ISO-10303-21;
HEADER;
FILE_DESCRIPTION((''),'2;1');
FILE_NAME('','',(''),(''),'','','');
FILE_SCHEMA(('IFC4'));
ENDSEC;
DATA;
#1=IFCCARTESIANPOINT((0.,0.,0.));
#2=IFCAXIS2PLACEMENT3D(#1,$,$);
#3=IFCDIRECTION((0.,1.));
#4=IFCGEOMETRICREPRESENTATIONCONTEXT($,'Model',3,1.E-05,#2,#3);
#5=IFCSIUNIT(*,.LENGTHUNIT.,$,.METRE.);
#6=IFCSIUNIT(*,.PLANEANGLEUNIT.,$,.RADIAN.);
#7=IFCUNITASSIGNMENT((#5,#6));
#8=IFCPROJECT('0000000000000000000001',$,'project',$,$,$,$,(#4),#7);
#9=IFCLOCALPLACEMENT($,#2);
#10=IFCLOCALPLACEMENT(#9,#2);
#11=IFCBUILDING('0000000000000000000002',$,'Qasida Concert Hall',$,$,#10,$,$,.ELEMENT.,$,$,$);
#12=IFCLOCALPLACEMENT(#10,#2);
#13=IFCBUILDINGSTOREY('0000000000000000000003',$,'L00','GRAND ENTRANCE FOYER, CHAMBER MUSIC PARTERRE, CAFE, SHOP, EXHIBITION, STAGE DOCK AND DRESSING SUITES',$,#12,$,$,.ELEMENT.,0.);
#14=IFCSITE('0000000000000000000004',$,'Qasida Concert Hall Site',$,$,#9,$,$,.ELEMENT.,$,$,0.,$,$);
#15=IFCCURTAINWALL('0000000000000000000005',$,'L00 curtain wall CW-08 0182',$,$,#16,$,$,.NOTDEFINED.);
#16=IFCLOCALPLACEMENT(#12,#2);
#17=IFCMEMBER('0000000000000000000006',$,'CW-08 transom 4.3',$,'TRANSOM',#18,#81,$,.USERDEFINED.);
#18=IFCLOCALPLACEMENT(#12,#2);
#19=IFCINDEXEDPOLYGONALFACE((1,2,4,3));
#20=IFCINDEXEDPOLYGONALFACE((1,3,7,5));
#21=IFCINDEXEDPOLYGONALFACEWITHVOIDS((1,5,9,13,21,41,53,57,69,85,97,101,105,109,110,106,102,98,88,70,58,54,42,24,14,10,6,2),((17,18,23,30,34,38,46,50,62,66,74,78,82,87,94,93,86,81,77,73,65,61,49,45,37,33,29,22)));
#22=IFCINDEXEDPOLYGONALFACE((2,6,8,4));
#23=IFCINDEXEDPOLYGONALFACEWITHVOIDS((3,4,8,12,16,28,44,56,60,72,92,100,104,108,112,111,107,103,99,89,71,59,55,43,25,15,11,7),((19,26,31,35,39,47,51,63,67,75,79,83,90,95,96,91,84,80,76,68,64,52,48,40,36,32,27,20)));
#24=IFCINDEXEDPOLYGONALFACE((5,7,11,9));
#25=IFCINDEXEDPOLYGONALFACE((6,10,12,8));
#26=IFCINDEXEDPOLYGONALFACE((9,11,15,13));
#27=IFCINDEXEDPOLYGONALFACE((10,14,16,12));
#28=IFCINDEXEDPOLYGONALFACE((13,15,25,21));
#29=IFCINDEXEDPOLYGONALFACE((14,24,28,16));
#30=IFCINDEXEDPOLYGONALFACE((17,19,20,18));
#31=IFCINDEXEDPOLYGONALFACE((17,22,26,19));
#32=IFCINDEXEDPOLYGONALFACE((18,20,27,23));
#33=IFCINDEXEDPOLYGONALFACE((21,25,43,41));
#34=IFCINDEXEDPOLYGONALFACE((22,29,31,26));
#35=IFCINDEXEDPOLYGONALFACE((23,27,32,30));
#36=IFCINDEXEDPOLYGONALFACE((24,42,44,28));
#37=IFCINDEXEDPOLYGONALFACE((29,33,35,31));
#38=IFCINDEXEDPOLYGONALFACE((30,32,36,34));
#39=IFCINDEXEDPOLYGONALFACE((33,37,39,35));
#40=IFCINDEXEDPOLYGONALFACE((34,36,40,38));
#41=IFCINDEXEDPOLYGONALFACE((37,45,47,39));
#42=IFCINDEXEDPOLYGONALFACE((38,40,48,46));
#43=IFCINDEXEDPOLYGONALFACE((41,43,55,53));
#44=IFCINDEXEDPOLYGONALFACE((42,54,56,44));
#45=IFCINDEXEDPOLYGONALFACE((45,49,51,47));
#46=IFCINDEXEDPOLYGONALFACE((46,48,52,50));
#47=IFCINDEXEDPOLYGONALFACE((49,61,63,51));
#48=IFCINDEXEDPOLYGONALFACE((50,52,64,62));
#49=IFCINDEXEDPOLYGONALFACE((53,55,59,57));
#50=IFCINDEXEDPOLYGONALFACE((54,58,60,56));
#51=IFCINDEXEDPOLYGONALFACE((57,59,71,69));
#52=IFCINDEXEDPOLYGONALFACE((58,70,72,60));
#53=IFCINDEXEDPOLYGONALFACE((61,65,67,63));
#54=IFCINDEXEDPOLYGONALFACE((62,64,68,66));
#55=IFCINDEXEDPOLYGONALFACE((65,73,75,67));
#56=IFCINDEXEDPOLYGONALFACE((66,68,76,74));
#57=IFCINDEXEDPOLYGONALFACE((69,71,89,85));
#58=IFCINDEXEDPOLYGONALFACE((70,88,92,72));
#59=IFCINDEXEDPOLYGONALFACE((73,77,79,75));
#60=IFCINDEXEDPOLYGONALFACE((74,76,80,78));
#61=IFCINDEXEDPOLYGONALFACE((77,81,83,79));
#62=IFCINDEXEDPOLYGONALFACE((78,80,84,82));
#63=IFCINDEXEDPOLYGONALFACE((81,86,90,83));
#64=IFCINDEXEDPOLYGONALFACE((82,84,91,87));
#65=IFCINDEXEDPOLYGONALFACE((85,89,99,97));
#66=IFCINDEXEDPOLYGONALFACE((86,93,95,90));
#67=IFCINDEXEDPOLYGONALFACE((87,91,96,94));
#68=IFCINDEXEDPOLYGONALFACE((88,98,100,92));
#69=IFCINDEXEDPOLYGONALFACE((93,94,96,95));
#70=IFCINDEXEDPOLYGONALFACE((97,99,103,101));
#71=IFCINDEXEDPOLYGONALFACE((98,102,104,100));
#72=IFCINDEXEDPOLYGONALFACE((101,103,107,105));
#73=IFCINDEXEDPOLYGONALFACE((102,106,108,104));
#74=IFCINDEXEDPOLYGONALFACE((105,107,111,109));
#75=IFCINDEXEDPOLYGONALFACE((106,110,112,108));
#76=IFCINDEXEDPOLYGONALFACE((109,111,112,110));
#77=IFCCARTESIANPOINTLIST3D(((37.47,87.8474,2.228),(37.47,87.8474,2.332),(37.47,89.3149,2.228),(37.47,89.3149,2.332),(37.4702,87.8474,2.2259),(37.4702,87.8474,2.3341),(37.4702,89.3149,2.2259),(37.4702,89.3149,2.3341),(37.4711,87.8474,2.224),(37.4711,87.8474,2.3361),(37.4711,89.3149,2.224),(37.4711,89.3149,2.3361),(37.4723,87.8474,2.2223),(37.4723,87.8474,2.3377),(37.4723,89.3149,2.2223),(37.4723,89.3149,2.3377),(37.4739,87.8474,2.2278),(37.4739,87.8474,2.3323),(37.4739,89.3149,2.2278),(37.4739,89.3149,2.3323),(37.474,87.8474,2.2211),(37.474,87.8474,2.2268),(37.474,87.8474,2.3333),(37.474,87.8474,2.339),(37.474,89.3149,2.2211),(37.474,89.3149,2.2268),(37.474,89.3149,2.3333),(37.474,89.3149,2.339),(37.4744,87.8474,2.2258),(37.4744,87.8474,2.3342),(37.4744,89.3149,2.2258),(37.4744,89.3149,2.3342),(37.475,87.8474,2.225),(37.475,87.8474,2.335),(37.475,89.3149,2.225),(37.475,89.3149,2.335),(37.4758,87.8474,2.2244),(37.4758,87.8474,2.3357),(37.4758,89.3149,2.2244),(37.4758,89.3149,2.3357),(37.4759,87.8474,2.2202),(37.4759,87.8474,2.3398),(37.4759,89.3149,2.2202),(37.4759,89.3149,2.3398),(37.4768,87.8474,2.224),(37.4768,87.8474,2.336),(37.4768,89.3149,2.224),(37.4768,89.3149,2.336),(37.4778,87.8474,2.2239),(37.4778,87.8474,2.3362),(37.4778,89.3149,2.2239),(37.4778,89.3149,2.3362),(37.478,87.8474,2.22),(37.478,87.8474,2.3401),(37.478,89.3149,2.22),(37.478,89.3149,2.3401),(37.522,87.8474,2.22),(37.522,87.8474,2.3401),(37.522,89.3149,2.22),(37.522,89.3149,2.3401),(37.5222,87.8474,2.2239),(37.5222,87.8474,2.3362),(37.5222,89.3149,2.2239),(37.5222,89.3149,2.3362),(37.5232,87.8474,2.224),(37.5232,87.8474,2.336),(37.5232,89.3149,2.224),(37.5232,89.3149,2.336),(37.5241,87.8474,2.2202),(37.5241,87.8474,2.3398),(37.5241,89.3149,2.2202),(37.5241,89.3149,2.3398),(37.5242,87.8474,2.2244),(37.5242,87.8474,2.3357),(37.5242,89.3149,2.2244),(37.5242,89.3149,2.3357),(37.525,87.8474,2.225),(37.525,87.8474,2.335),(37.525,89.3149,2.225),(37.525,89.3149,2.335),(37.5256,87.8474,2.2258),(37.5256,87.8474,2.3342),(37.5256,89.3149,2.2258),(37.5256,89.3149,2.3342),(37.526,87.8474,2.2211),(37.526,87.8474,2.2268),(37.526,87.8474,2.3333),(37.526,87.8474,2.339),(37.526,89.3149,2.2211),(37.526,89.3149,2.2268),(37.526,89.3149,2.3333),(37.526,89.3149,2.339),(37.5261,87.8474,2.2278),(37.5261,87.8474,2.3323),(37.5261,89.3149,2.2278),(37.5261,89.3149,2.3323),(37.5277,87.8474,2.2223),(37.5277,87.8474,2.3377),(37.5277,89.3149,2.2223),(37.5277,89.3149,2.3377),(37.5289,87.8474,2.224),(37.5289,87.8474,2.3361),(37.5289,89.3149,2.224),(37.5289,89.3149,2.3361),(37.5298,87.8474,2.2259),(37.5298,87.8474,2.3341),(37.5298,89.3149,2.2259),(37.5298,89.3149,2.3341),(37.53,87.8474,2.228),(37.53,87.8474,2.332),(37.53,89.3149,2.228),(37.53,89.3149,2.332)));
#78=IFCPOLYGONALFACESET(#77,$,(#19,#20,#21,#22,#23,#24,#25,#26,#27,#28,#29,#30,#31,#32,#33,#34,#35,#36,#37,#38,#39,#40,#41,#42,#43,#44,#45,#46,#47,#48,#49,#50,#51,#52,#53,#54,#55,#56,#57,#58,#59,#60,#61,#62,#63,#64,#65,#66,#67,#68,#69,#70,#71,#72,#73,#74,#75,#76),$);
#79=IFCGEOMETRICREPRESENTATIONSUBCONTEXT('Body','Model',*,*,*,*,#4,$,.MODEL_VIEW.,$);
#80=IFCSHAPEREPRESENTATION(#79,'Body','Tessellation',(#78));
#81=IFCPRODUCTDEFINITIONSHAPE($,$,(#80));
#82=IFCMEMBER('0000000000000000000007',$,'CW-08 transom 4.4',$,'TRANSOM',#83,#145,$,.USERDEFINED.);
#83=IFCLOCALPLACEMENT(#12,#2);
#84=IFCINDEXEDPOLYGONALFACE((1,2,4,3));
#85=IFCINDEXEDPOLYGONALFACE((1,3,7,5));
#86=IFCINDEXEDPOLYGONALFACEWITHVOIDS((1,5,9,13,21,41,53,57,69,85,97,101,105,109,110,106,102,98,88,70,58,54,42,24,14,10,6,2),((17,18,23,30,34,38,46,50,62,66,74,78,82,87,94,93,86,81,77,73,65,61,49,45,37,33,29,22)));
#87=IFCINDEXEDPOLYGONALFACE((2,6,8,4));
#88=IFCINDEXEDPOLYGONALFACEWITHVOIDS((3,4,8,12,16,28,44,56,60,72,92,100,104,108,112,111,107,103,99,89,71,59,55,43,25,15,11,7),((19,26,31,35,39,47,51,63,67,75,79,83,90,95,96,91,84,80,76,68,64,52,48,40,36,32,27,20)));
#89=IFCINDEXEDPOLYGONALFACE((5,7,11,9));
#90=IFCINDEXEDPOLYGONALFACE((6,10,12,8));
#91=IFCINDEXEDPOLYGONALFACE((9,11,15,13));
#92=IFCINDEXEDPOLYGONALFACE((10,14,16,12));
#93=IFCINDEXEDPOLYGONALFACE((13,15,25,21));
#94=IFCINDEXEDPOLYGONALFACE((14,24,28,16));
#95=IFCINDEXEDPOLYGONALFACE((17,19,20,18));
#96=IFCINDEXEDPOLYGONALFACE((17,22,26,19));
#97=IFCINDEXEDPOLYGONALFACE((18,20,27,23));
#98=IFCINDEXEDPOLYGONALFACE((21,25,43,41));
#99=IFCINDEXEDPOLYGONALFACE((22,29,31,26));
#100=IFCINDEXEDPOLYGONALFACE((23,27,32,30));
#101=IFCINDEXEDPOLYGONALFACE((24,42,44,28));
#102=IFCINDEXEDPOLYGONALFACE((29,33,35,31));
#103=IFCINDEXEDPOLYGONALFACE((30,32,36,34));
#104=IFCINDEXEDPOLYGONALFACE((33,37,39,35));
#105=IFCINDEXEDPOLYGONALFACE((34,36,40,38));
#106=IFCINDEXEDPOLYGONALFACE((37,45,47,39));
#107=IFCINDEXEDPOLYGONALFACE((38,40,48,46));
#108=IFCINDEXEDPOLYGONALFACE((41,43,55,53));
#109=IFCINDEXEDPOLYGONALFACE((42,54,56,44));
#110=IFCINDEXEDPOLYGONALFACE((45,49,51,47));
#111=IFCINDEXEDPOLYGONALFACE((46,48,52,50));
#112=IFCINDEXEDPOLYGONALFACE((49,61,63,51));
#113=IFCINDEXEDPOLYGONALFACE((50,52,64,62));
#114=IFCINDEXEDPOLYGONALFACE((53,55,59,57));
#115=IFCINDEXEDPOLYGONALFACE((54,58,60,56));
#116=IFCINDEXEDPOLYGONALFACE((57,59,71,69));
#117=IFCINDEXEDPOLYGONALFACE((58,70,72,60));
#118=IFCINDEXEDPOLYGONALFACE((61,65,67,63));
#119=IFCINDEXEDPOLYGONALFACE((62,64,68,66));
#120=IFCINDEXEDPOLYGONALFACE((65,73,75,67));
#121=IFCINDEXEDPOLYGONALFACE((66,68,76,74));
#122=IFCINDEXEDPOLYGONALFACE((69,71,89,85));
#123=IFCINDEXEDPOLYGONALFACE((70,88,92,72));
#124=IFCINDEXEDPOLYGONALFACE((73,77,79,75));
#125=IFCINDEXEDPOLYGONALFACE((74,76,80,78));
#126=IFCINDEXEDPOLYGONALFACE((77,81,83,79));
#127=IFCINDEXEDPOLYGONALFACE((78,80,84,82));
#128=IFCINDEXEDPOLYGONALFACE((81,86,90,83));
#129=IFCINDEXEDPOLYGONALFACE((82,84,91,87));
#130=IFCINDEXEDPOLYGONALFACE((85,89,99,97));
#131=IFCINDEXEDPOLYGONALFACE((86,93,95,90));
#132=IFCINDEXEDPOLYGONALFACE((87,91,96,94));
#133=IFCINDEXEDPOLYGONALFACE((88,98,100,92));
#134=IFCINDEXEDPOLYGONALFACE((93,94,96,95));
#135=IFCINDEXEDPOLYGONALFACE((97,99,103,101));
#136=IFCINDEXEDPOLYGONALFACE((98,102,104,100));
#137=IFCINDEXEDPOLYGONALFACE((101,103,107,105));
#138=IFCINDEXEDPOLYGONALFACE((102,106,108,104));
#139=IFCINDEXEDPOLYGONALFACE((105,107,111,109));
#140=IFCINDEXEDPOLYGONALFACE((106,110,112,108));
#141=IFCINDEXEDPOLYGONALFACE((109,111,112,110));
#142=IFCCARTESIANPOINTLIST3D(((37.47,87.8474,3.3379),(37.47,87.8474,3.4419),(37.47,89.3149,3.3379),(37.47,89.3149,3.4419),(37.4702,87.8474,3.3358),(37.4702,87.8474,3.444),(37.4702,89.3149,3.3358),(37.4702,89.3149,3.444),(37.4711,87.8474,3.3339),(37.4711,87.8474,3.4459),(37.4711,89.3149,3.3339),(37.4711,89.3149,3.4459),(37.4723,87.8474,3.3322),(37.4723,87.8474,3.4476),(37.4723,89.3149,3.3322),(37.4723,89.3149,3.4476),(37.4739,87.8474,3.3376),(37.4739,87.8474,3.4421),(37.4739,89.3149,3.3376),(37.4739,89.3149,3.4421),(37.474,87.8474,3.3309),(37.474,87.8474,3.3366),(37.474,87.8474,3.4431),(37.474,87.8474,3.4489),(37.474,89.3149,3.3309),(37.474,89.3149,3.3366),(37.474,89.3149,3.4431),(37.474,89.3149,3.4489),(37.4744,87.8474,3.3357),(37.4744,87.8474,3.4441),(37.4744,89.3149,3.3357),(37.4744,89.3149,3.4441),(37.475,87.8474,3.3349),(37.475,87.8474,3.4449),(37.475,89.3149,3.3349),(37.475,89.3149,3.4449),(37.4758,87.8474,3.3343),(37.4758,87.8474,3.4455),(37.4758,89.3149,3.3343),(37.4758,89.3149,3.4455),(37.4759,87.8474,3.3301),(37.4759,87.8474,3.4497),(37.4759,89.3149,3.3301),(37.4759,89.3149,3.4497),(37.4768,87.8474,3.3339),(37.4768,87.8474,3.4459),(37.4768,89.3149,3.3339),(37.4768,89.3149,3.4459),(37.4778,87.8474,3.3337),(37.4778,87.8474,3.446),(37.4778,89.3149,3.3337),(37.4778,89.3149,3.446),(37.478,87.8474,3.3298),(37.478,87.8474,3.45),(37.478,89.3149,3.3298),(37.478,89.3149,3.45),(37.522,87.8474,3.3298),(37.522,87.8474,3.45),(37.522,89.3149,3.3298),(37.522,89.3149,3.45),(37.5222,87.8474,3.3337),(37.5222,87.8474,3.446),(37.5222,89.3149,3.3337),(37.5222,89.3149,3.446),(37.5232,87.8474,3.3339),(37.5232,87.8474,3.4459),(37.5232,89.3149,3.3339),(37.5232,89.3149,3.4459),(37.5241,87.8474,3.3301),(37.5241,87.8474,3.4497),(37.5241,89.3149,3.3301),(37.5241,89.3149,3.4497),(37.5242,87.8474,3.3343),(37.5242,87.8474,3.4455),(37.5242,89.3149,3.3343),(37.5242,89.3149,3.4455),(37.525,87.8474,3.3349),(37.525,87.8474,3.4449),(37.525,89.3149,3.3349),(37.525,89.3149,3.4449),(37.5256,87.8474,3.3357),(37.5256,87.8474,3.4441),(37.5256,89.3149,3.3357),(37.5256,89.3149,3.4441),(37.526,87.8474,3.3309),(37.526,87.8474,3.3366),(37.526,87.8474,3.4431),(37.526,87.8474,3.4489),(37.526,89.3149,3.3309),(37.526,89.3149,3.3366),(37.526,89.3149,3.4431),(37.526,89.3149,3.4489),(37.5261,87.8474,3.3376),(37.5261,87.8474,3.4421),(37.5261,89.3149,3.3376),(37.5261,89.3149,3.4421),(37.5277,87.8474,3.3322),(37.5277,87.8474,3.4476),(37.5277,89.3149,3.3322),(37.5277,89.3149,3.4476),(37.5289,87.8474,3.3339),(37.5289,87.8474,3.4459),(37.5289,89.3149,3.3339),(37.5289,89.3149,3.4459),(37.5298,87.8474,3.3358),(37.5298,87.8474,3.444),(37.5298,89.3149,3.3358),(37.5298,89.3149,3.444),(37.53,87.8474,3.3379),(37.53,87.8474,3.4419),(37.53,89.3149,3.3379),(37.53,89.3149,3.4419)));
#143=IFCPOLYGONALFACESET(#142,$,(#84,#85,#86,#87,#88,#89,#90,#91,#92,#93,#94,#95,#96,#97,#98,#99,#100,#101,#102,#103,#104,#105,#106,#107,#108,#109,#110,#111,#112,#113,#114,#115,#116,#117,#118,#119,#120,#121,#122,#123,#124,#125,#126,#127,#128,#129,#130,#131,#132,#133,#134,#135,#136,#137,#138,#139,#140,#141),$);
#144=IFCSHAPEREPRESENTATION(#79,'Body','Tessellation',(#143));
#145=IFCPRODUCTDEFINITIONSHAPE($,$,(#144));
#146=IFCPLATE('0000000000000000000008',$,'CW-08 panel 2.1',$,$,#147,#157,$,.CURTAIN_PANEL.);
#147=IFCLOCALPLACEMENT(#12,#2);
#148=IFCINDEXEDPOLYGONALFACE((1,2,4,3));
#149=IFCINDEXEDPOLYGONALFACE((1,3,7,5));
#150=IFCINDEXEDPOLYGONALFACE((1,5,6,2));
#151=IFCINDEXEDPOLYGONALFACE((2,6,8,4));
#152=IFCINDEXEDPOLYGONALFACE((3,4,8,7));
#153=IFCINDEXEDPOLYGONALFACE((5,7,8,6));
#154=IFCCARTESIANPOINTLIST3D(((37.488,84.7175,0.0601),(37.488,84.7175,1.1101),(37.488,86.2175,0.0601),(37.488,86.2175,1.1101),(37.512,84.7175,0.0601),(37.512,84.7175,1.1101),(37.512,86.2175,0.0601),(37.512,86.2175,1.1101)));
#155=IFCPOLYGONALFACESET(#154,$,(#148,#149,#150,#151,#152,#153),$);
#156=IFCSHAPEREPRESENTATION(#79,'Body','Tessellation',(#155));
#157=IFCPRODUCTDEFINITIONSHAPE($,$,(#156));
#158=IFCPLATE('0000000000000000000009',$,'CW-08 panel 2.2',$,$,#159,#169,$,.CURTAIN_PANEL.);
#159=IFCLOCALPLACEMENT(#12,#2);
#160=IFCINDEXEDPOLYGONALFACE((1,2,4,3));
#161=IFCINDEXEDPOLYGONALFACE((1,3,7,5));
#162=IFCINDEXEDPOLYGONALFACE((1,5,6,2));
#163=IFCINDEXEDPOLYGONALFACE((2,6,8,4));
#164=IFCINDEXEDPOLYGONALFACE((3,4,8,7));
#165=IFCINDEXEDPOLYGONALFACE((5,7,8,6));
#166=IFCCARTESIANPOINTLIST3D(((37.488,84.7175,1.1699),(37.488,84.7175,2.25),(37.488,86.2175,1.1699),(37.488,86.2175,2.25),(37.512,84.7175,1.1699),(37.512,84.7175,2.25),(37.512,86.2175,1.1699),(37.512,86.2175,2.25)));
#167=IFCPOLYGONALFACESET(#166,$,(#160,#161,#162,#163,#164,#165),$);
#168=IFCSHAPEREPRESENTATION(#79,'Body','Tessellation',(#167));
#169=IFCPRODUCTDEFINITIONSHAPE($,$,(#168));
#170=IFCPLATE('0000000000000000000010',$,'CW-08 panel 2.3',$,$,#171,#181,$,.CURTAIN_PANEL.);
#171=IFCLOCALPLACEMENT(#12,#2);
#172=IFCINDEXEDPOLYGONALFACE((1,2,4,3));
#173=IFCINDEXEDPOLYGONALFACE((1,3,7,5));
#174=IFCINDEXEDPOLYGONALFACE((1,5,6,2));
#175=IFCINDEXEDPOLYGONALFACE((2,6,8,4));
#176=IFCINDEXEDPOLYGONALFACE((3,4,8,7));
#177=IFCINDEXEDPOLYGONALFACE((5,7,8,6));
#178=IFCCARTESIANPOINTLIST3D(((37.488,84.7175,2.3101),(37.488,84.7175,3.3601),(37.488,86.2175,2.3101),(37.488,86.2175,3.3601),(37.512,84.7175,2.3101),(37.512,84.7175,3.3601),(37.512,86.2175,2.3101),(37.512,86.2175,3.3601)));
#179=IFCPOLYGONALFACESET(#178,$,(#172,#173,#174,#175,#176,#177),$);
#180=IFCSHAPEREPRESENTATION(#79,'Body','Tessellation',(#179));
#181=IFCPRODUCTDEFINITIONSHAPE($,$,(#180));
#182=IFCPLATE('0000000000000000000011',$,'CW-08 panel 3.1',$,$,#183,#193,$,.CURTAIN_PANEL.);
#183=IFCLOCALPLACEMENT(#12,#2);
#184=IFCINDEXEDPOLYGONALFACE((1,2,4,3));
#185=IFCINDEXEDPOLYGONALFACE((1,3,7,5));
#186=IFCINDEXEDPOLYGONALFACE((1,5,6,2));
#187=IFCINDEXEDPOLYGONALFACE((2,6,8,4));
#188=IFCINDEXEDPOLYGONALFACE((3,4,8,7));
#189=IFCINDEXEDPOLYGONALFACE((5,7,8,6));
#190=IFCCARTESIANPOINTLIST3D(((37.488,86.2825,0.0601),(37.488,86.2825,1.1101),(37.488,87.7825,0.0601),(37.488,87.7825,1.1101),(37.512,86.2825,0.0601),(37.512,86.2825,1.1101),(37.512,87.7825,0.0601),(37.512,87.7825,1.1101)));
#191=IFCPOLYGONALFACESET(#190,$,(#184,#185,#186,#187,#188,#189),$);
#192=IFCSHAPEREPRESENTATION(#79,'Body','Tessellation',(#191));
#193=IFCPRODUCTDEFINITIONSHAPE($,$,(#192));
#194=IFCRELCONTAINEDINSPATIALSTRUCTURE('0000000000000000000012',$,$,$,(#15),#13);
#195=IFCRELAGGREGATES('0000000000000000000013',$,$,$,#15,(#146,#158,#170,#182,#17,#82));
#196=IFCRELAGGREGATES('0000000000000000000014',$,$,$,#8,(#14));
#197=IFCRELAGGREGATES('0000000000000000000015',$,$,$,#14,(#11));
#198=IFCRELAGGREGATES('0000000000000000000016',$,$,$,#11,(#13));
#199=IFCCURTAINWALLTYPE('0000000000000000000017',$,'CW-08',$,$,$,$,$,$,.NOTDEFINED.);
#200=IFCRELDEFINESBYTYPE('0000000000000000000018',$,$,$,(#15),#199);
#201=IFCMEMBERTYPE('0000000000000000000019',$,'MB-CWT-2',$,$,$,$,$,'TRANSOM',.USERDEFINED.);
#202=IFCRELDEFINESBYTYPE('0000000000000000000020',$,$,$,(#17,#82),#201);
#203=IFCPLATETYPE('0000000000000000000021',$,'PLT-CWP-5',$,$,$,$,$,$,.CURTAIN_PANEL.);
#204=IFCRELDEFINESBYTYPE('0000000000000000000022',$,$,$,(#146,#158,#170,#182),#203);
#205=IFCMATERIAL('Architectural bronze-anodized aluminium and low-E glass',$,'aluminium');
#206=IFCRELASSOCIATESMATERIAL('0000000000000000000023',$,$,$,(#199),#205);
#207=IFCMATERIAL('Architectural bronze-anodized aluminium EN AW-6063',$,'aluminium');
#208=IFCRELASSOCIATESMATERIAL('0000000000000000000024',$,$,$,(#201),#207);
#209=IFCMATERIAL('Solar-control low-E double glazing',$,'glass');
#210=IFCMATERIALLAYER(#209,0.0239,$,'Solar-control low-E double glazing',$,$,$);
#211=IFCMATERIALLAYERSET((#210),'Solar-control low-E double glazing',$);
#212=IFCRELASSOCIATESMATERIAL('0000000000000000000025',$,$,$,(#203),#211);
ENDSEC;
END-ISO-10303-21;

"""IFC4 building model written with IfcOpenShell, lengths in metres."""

from ifc_helpers import new_model, si_unit, direction, frame, origin, origin_2d, place, context, subcontext, project, spatial, rectangle, hollow_rectangle, extrude, material, layer, layer_set, material_profile, profile_set, type_object, element, aggregate, save


model = new_model("IFC4")

# Units and contexts
model_context = context("Model", 3, precision=1e-05, world=origin(), true_north=direction((0.0, 1.0)))
body_context = subcontext(model_context, "Body", "Model", "MODEL_VIEW")
ifc_project = project(units=[si_unit("LENGTHUNIT", "METRE"), si_unit("PLANEANGLEUNIT", "RADIAN")], contexts=[model_context])

# Site, building, storey
site_placement = place(None, origin())
site = spatial("IfcSite", under=ifc_project, at=site_placement, Name="Qasida Concert Hall Site", CompositionType="ELEMENT", RefElevation=0.0)
building_placement = place(site_placement, origin())
building = spatial("IfcBuilding", under=site, at=building_placement, Name="Qasida Concert Hall", CompositionType="ELEMENT")
storey_placement = place(building_placement, origin())
storey = spatial("IfcBuildingStorey", under=building, at=storey_placement, Name="L00", Description="GRAND ENTRANCE FOYER, CHAMBER MUSIC PARTERRE, CAFE, SHOP, EXHIBITION, STAGE DOCK AND DRESSING SUITES", CompositionType="ELEMENT", Elevation=0.0)

# Curtain wall, members, plates
ifc_material_1 = material(Name="Architectural bronze-anodized aluminium and low-E glass", Category="aluminium")
curtain_wall_type = type_object("IfcCurtainWallType", Name="CW-08", PredefinedType="NOTDEFINED", material=ifc_material_1)
curtain_wall_1_placement = place(storey_placement, origin())
curtain_wall_1 = element("IfcCurtainWall", 1, at=curtain_wall_1_placement, inside=storey, type_object=curtain_wall_type, Name="L00 curtain wall CW-08 0182", PredefinedType="NOTDEFINED")
ifc_material_2 = material(Name="Architectural bronze-anodized aluminium EN AW-6063", Category="aluminium")
ifc_material_profile_1 = material_profile(ifc_material_2, hollow_rectangle(XDim=0.0601, YDim=0.1201, WallThickness=0.0039, InnerFilletRadius=0.0039, OuterFilletRadius=0.0081, at=origin_2d()), Name="CWT 120x60x4")
ifc_profile_set_1 = profile_set([ifc_material_profile_1], Name="Architectural bronze-anodized aluminium EN AW-6063")
member_type_1 = type_object("IfcMemberType", Name="MB-CWT-2", ElementType="TRANSOM", PredefinedType="USERDEFINED", material=ifc_profile_set_1)
member_1_placement = place(storey_placement, frame((37.5, 87.8474, 2.28), z_axis=(0.0, 1.0, 0.0), x_axis=(-1.0, 0.0, 0.0)))
member_1 = element("IfcMember", 2, at=member_1_placement, type_object=member_type_1, Name="CW-08 transom 4.3", ObjectType="TRANSOM", PredefinedType="USERDEFINED", context=body_context, shape_type="SweptSolid", body=[
    extrude(hollow_rectangle(XDim=0.0601, YDim=0.1201, WallThickness=0.0039, InnerFilletRadius=0.0039, OuterFilletRadius=0.0081, at=origin_2d()), origin(), (0.0, 0.0, 1.0), 1.4675),
])
member_2_placement = place(storey_placement, frame((37.5, 87.8474, 3.3899), z_axis=(0.0, 1.0, 0.0), x_axis=(-1.0, 0.0, 0.0)))
member_2 = element("IfcMember", 3, at=member_2_placement, type_object=member_type_1, Name="CW-08 transom 4.4", ObjectType="TRANSOM", PredefinedType="USERDEFINED", context=body_context, shape_type="SweptSolid", body=[
    extrude(hollow_rectangle(XDim=0.0601, YDim=0.1201, WallThickness=0.0039, InnerFilletRadius=0.0039, OuterFilletRadius=0.0081, at=origin_2d()), origin(), (0.0, 0.0, 1.0), 1.4675),
])
ifc_material_3 = material(Name="Solar-control low-E double glazing", Category="glass")
ifc_layer = layer(ifc_material_3, 0.0239, Name="Solar-control low-E double glazing")
ifc_layer_set = layer_set([ifc_layer], Name="Solar-control low-E double glazing")
plate_type = type_object("IfcPlateType", Name="PLT-CWP-5", PredefinedType="CURTAIN_PANEL", material=ifc_layer_set)
plate_1_placement = place(storey_placement, frame((37.5, 85.4675, 0.0601), z_axis=(0.0, 0.0, 1.0), x_axis=(0.0, 1.0, 0.0)))
plate_1 = element("IfcPlate", 4, at=plate_1_placement, type_object=plate_type, Name="CW-08 panel 2.1", PredefinedType="CURTAIN_PANEL", context=body_context, shape_type="SweptSolid", body=[
    extrude(rectangle(XDim=1.5, YDim=0.0239, at=origin_2d()), origin(), (0.0, 0.0, 1.0), 1.05),
])
plate_2_placement = place(storey_placement, frame((37.5, 85.4675, 1.1699), z_axis=(0.0, 0.0, 1.0), x_axis=(0.0, 1.0, 0.0)))
plate_2 = element("IfcPlate", 5, at=plate_2_placement, type_object=plate_type, Name="CW-08 panel 2.2", PredefinedType="CURTAIN_PANEL", context=body_context, shape_type="SweptSolid", body=[
    extrude(rectangle(XDim=1.5, YDim=0.0239, at=origin_2d()), origin(), (0.0, 0.0, 1.0), 1.0801),
])
plate_3_placement = place(storey_placement, frame((37.5, 85.4675, 2.3101), z_axis=(0.0, 0.0, 1.0), x_axis=(0.0, 1.0, 0.0)))
plate_3 = element("IfcPlate", 6, at=plate_3_placement, type_object=plate_type, Name="CW-08 panel 2.3", PredefinedType="CURTAIN_PANEL", context=body_context, shape_type="SweptSolid", body=[
    extrude(rectangle(XDim=1.5, YDim=0.0239, at=origin_2d()), origin(), (0.0, 0.0, 1.0), 1.05),
])
plate_4_placement = place(storey_placement, frame((37.5, 87.0325, 0.0601), z_axis=(0.0, 0.0, 1.0), x_axis=(0.0, 1.0, 0.0)))
plate_4 = element("IfcPlate", 7, at=plate_4_placement, type_object=plate_type, Name="CW-08 panel 3.1", PredefinedType="CURTAIN_PANEL", context=body_context, shape_type="SweptSolid", body=[
    extrude(rectangle(XDim=1.5, YDim=0.0239, at=origin_2d()), origin(), (0.0, 0.0, 1.0), 1.05),
])
aggregate(curtain_wall_1, [plate_1, plate_2, plate_3, plate_4, member_1, member_2])

save(model, "model.ifc")
